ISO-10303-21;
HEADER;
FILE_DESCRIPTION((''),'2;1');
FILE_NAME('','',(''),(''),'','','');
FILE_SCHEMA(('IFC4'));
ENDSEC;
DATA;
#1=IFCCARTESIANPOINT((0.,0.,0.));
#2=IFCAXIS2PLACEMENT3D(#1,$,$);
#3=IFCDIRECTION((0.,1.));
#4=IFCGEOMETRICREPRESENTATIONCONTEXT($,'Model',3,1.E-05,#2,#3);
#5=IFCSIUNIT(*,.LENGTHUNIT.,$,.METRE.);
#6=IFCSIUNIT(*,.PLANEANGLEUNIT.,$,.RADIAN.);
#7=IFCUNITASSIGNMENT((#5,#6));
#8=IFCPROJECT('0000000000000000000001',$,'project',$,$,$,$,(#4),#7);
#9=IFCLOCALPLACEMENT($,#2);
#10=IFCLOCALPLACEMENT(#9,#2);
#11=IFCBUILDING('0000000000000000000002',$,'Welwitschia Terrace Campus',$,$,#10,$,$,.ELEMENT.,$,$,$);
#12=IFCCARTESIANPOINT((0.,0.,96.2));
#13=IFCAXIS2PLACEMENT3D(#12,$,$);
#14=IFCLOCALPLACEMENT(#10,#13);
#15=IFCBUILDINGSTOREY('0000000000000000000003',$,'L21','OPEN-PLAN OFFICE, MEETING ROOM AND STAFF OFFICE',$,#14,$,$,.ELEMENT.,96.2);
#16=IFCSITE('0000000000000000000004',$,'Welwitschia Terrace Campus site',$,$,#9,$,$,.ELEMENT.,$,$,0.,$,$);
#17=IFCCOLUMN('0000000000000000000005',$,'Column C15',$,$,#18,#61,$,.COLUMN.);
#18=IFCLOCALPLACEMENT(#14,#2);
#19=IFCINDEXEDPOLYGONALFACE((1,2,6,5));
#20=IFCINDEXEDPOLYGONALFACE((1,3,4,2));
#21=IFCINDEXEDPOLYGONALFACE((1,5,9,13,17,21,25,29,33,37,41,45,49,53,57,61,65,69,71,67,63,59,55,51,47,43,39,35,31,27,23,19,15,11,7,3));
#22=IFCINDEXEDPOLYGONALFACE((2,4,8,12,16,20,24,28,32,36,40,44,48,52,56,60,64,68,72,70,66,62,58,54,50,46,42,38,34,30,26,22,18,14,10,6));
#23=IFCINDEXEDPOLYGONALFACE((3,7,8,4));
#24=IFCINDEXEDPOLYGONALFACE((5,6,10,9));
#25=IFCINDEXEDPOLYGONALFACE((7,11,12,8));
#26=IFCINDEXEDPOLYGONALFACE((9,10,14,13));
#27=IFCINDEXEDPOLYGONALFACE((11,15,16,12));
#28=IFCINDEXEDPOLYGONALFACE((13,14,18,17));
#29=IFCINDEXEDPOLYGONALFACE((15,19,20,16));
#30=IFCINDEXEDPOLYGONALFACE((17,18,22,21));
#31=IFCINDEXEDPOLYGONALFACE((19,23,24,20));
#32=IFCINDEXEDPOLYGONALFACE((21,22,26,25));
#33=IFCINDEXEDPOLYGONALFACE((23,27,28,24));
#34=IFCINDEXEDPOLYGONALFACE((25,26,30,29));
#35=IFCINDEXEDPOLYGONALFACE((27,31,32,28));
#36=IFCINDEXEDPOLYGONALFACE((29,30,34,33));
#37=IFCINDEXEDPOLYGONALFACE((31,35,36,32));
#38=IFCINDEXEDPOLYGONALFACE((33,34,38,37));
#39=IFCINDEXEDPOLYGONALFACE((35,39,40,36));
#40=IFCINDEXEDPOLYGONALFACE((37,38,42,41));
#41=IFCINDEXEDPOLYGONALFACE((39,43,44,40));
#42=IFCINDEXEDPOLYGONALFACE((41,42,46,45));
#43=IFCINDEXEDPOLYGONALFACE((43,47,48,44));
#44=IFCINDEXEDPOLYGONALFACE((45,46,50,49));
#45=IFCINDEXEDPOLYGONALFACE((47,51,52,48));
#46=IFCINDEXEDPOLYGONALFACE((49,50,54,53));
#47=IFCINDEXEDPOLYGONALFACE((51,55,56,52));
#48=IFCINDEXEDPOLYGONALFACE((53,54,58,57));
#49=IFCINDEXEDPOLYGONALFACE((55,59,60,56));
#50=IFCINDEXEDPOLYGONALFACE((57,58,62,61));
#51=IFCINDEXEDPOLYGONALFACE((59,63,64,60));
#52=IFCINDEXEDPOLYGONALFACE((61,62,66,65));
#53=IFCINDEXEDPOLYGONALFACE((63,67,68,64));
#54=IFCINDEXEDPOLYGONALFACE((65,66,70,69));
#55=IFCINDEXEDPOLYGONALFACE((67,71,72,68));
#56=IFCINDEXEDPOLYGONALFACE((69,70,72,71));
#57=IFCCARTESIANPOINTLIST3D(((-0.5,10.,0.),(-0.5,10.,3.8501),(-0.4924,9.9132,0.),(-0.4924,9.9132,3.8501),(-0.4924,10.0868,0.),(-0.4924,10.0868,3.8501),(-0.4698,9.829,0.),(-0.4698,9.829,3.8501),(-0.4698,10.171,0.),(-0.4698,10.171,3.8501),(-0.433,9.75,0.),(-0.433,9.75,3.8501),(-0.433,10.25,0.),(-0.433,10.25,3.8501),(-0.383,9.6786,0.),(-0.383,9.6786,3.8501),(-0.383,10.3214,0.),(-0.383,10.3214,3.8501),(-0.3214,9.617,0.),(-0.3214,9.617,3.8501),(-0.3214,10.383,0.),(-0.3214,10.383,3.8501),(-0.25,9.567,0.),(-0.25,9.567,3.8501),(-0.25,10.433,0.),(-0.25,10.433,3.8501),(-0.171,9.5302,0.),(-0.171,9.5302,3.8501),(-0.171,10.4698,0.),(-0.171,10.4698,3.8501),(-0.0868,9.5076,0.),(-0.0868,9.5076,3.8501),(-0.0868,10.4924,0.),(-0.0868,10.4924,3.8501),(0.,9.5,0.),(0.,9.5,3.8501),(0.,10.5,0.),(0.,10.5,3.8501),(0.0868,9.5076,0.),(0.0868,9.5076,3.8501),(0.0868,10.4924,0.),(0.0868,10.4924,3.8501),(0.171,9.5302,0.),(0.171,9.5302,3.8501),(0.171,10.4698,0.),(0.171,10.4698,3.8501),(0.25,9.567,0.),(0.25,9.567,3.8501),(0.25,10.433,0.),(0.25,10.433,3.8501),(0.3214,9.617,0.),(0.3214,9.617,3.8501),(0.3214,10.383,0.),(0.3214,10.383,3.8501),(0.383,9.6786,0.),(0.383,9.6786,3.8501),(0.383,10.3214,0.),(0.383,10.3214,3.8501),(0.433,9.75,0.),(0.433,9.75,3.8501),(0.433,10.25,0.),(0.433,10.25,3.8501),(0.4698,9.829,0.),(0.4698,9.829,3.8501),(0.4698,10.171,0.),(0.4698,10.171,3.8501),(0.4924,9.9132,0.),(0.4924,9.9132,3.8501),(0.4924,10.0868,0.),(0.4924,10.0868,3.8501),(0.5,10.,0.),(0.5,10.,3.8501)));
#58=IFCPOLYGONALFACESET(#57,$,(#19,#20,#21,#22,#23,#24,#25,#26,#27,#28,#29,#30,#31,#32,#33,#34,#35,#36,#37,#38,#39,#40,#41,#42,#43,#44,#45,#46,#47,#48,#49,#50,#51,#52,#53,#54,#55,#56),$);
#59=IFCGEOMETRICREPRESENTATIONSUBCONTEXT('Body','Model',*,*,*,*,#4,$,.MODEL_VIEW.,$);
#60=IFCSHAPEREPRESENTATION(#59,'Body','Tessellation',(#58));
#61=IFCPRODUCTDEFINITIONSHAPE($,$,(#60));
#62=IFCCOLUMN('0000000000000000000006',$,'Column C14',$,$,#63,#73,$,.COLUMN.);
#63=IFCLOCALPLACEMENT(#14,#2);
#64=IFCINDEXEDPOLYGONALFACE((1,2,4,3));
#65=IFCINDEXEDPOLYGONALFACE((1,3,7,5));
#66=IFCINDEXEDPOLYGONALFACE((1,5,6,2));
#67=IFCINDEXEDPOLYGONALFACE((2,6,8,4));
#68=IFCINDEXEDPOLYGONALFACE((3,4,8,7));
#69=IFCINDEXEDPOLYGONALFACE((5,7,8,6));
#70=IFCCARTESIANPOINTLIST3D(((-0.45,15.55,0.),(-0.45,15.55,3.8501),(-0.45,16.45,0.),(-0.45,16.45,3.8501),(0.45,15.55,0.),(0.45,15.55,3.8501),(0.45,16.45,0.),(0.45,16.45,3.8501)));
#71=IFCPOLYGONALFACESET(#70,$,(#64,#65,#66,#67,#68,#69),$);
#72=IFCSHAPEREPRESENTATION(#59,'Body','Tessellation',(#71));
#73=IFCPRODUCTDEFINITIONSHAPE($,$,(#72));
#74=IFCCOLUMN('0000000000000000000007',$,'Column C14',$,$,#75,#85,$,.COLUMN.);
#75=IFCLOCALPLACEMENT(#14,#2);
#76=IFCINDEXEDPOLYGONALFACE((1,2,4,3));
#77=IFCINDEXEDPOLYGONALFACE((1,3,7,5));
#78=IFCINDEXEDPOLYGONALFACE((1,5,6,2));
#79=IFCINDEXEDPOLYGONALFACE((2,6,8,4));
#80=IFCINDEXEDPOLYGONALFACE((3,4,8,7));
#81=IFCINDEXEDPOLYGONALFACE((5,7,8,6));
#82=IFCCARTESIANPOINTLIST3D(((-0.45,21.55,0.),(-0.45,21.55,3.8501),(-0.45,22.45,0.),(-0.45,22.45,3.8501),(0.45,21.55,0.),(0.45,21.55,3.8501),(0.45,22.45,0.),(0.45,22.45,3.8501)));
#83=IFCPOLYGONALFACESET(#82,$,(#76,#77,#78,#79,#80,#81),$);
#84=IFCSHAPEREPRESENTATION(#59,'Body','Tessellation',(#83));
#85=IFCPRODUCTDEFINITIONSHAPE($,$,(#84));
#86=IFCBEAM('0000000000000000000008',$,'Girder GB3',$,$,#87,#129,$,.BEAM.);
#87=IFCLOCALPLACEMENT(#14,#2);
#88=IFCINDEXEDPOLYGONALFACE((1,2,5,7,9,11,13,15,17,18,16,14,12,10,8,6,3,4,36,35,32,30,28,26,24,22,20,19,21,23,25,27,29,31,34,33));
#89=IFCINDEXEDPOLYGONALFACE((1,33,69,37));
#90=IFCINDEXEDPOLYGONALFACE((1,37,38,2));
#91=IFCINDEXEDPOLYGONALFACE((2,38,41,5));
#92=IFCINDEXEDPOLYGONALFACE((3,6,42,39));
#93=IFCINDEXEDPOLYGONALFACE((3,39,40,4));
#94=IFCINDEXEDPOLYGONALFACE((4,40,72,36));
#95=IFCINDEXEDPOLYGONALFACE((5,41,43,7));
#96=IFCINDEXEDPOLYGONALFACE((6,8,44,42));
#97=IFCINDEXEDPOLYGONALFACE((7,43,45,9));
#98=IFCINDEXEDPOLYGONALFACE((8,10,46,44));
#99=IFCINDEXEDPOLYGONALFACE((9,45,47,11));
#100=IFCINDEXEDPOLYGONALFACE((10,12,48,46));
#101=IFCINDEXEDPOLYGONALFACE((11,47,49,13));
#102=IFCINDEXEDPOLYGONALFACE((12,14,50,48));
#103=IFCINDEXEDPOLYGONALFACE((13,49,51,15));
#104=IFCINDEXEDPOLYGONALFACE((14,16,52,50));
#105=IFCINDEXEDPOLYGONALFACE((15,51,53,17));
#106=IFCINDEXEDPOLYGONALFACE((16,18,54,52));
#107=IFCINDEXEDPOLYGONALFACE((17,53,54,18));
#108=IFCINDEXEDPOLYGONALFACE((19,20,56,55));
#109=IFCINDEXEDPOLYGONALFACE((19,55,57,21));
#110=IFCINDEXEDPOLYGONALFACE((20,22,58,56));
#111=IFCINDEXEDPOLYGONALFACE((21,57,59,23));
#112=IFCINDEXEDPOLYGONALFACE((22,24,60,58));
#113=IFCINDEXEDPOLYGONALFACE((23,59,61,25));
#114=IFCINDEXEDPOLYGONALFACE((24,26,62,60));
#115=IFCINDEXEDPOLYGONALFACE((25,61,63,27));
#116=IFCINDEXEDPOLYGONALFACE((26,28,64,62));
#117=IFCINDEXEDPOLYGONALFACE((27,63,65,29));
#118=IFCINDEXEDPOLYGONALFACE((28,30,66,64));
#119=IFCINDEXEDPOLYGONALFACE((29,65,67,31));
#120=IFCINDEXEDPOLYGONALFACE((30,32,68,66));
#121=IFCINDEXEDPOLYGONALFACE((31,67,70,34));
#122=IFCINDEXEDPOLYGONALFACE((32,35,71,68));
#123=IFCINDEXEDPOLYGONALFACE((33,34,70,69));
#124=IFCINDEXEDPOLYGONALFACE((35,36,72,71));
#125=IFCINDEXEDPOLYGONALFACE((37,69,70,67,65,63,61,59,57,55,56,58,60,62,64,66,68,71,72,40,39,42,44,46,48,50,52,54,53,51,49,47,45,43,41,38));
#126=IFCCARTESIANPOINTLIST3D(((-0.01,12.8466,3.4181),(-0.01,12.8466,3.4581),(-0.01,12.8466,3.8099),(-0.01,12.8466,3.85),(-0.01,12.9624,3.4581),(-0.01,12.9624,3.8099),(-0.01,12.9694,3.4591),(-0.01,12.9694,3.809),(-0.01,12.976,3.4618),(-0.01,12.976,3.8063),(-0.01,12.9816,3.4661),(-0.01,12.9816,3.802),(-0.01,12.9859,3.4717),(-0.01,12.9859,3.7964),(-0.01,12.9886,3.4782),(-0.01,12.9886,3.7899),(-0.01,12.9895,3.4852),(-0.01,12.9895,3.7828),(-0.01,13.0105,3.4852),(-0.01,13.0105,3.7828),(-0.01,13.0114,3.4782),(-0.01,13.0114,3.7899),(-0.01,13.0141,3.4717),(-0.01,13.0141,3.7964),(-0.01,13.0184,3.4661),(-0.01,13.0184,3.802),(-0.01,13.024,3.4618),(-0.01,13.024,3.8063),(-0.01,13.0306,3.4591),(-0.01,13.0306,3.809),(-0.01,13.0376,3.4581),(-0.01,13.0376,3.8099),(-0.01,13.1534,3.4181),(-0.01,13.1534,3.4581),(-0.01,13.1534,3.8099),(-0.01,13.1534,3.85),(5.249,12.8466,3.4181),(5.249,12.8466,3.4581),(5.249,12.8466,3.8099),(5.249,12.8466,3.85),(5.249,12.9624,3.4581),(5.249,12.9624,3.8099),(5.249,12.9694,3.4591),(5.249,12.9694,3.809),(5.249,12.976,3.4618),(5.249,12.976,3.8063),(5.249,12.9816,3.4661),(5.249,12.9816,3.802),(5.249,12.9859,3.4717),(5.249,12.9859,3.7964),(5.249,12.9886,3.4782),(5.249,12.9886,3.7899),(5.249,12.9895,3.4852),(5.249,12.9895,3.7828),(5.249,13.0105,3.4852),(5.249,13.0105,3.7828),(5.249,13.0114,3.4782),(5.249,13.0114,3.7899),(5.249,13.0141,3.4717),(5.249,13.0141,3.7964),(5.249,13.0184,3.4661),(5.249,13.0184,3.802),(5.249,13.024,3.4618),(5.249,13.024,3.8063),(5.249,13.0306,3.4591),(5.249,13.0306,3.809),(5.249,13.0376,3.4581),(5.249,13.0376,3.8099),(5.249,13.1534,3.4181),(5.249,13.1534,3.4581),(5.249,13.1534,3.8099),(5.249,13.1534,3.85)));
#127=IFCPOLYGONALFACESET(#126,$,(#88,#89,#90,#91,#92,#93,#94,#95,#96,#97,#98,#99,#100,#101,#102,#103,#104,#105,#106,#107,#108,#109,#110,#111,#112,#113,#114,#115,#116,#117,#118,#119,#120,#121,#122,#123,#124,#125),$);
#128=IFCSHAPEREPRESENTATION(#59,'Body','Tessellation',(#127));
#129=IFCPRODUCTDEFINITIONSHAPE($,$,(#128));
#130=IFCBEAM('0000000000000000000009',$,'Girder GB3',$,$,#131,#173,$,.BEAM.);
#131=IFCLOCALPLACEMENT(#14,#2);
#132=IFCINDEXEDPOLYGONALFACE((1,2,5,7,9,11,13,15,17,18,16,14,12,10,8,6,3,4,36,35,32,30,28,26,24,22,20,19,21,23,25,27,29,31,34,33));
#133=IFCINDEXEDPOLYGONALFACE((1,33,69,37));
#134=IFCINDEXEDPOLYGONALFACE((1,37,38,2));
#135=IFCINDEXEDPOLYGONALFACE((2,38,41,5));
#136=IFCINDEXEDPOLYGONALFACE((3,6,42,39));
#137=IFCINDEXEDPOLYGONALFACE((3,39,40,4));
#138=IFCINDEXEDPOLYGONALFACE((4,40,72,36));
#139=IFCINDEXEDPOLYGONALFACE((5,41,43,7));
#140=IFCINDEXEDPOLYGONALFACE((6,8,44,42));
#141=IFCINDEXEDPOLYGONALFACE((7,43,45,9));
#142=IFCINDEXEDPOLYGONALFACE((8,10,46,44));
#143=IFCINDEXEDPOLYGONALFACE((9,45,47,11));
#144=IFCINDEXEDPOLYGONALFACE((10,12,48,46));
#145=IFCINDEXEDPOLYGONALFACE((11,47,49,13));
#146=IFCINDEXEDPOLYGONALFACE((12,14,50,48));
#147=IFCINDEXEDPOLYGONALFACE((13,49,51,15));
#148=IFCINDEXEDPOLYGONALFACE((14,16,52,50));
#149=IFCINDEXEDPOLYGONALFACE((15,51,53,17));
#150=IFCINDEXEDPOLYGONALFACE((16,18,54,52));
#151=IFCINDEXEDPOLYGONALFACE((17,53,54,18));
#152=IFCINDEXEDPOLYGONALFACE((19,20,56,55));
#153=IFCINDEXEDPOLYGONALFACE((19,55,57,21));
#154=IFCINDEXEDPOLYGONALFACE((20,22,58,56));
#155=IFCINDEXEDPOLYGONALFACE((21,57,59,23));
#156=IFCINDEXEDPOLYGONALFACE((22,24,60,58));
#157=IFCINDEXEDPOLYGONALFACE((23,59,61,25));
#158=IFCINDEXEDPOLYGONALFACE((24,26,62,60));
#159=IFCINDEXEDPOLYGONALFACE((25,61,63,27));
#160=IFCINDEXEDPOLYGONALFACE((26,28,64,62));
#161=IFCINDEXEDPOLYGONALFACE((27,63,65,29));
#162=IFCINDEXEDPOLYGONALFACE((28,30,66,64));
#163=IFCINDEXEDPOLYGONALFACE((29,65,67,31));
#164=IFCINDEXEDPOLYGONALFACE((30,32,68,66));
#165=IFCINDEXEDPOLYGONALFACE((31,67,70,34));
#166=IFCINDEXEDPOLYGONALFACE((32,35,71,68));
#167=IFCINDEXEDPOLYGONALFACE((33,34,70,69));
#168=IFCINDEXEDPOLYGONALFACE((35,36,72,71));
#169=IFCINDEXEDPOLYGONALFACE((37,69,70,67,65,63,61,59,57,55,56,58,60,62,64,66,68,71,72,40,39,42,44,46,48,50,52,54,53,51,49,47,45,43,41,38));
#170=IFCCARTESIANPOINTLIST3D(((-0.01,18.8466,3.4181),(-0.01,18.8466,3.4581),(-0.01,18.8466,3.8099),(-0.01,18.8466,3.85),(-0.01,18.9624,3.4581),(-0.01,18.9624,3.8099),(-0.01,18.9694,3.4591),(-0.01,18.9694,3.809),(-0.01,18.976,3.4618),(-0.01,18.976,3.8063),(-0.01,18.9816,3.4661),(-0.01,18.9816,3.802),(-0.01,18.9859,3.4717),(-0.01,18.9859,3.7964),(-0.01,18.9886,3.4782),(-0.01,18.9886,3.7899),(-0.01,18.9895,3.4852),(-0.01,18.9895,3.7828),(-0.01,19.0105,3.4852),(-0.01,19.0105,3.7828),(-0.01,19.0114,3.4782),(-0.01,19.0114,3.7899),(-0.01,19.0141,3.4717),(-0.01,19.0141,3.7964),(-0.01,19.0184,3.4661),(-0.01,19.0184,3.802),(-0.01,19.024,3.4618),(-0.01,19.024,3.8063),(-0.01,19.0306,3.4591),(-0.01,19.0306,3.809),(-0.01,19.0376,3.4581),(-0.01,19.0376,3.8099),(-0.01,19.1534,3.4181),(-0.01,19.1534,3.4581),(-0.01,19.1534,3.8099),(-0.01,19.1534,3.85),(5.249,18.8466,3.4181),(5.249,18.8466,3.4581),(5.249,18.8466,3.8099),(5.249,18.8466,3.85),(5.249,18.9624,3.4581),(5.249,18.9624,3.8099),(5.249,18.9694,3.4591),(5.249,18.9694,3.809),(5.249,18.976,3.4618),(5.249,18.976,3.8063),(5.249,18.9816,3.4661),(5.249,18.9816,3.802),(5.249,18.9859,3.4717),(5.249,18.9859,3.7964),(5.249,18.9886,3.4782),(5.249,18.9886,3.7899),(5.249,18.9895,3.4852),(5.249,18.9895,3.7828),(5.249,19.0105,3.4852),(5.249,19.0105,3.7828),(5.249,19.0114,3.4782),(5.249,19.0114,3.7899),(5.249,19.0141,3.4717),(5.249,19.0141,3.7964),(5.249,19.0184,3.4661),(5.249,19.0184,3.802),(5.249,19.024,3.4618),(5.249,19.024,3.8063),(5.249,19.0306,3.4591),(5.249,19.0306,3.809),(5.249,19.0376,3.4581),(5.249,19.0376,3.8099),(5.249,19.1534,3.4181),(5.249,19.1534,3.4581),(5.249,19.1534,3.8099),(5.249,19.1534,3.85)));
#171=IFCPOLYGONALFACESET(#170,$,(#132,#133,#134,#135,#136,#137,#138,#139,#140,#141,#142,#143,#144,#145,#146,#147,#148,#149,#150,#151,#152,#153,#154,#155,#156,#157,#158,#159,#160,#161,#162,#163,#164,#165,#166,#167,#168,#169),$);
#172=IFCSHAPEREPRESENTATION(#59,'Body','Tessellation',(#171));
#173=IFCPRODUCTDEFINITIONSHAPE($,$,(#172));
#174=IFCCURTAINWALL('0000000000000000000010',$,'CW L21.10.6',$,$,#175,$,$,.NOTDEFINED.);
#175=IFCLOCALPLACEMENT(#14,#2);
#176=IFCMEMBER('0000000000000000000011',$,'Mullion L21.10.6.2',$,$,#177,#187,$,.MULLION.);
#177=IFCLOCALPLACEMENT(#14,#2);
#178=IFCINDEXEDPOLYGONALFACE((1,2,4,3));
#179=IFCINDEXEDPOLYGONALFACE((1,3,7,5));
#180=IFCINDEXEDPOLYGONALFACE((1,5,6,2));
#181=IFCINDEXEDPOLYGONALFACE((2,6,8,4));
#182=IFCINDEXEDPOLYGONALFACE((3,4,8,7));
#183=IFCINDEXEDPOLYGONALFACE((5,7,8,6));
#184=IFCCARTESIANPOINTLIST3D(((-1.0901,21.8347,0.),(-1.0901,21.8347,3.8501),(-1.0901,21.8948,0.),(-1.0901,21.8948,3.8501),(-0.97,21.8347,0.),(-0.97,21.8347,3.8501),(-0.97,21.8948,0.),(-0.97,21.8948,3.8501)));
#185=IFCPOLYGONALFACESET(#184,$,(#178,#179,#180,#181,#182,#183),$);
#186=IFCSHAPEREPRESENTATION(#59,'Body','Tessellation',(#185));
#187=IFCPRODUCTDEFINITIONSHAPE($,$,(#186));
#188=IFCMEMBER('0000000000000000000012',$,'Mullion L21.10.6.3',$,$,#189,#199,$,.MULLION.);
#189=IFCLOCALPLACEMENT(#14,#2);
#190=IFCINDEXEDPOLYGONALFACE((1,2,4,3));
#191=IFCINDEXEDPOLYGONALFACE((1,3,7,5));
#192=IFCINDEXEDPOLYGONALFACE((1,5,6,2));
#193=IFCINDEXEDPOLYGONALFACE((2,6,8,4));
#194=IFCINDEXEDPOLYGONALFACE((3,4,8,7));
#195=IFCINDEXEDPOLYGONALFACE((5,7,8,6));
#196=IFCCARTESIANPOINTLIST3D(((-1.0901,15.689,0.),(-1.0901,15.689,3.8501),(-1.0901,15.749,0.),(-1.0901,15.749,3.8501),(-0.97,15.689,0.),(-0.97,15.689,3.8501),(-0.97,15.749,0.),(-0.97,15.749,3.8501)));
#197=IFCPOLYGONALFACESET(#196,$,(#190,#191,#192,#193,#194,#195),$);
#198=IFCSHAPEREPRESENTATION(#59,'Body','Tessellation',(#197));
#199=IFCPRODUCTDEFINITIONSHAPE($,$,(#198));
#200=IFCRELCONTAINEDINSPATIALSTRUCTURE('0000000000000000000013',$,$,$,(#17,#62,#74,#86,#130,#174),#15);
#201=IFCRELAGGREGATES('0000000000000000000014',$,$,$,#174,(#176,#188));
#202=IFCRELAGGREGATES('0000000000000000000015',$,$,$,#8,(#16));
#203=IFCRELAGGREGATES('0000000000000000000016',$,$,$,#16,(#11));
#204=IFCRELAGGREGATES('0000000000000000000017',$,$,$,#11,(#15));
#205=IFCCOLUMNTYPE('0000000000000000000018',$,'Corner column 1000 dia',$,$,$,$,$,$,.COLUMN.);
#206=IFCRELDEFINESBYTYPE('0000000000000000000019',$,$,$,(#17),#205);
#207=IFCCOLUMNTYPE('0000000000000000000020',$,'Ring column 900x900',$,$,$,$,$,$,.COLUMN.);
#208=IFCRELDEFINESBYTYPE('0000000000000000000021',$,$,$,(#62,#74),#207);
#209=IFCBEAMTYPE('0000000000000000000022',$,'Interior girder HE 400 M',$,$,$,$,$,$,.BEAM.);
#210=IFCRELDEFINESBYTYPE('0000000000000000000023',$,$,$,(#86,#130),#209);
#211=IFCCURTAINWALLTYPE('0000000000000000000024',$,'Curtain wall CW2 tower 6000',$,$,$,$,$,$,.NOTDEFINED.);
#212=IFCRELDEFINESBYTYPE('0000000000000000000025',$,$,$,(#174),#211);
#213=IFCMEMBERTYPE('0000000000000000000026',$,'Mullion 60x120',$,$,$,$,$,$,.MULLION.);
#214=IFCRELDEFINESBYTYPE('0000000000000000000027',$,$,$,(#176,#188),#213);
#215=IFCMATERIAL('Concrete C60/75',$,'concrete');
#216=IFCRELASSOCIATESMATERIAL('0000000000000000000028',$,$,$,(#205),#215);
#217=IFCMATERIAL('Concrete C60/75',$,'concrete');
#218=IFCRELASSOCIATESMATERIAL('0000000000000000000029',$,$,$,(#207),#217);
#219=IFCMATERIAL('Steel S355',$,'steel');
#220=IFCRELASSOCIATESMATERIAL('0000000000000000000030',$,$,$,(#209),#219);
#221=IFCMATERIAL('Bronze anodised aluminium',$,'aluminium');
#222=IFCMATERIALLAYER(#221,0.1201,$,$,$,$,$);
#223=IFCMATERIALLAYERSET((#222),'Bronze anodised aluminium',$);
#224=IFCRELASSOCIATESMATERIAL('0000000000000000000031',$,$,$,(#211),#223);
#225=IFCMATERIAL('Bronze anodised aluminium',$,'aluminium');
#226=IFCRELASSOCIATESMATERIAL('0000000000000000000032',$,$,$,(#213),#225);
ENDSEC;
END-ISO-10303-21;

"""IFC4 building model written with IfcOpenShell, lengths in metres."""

from ifc_helpers import new_model, si_unit, direction, frame, origin, origin_2d, place, context, subcontext, project, spatial, rectangle, circle, i_section, extrude, material, layer, layer_set, material_profile, profile_set, type_object, element, aggregate, save


model = new_model("IFC4")

# Units and contexts
model_context = context("Model", 3, precision=1e-05, world=origin(), true_north=direction((0.0, 1.0)))
body_context = subcontext(model_context, "Body", "Model", "MODEL_VIEW")
ifc_project = project(units=[si_unit("LENGTHUNIT", "METRE"), si_unit("PLANEANGLEUNIT", "RADIAN")], contexts=[model_context])

# Site, building, storey
site_placement = place(None, origin())
site = spatial("IfcSite", under=ifc_project, at=site_placement, Name="Welwitschia Terrace Campus site", CompositionType="ELEMENT", RefElevation=0.0)
building_placement = place(site_placement, origin())
building = spatial("IfcBuilding", under=site, at=building_placement, Name="Welwitschia Terrace Campus", CompositionType="ELEMENT")
storey_placement = place(building_placement, frame((0.0, 0.0, 96.2)))
storey = spatial("IfcBuildingStorey", under=building, at=storey_placement, Name="L21", Description="OPEN-PLAN OFFICE, MEETING ROOM AND STAFF OFFICE", CompositionType="ELEMENT", Elevation=96.2)

# Columns
ifc_material_1 = material(Name="Concrete C60/75", Category="concrete")
ifc_material_profile_1 = material_profile(ifc_material_1, circle(Radius=0.5, at=origin_2d()))
ifc_profile_set_1 = profile_set([ifc_material_profile_1], Name="Concrete C60/75")
column_type_1 = type_object("IfcColumnType", Name="Corner column 1000 dia", PredefinedType="COLUMN", material=ifc_profile_set_1)
column_placement = place(storey_placement, frame((0.0, 10.0, 0.0), z_axis=(0.0, 0.0, 1.0), x_axis=(1.0, 0.0, 0.0)))
element("IfcColumn", 1, at=column_placement, inside=storey, type_object=column_type_1, Name="Column C15", PredefinedType="COLUMN", context=body_context, shape_type="SweptSolid", body=[
    extrude(circle(Radius=0.5, at=origin_2d()), origin(), (0.0, 0.0, 1.0), 3.8501),
])
ifc_material_2 = material(Name="Concrete C60/75", Category="concrete")
ifc_material_profile_2 = material_profile(ifc_material_2, rectangle(XDim=0.8999, YDim=0.8999, at=origin_2d()))
ifc_profile_set_2 = profile_set([ifc_material_profile_2], Name="Concrete C60/75")
column_type_2 = type_object("IfcColumnType", Name="Ring column 900x900", PredefinedType="COLUMN", material=ifc_profile_set_2)
for number, where, z_axis, x_axis, name in (
    (2, (0.0, 16.0, 0.0), (0.0, 0.0, 1.0), (1.0, 0.0, 0.0), "Column C14"),
    (3, (0.0, 22.0, 0.0), (0.0, 0.0, 1.0), (1.0, 0.0, 0.0), "Column C14"),
):
    element("IfcColumn", number, at=place(storey_placement, frame(where, z_axis=z_axis, x_axis=x_axis)), inside=storey, type_object=column_type_2, Name=name, PredefinedType="COLUMN", context=body_context, shape_type="SweptSolid", body=[
        extrude(rectangle(XDim=0.8999, YDim=0.8999, at=origin_2d()), origin(), (0.0, 0.0, 1.0), 3.8501),
    ])

# Beams
ifc_material_3 = material(Name="Steel S355", Category="steel")
ifc_material_profile_3 = material_profile(ifc_material_3, i_section(OverallWidth=0.3069, OverallDepth=0.4319, WebThickness=0.021, FlangeThickness=0.04, FilletRadius=0.0271, at=origin_2d()))
ifc_profile_set_3 = profile_set([ifc_material_profile_3], Name="Steel S355")
beam_type_1 = type_object("IfcBeamType", Name="Interior girder HE 400 M", PredefinedType="BEAM", material=ifc_profile_set_3)
for number, where, z_axis, x_axis, name in (
    (4, (-0.01, 13.0, 3.634), (1.0, 0.0, 0.0), (0.0, 1.0, 0.0), "Girder GB3"),
    (5, (-0.01, 19.0, 3.634), (1.0, 0.0, 0.0), (0.0, 1.0, 0.0), "Girder GB3"),
):
    element("IfcBeam", number, at=place(storey_placement, frame(where, z_axis=z_axis, x_axis=x_axis)), inside=storey, type_object=beam_type_1, Name=name, PredefinedType="BEAM", context=body_context, shape_type="SweptSolid", body=[
        extrude(i_section(OverallWidth=0.3069, OverallDepth=0.4319, WebThickness=0.021, FlangeThickness=0.04, FilletRadius=0.0271, at=origin_2d()), origin(), (0.0, 0.0, 1.0), 5.259),
    ])

# Curtain wall, members
ifc_material_4 = material(Name="Bronze anodised aluminium", Category="aluminium")
ifc_layer_1 = layer(ifc_material_4, 0.1201)
ifc_layer_set_1 = layer_set([ifc_layer_1], Name="Bronze anodised aluminium")
curtain_wall_type = type_object("IfcCurtainWallType", Name="Curtain wall CW2 tower 6000", PredefinedType="NOTDEFINED", material=ifc_layer_set_1)
curtain_wall_placement = place(storey_placement, origin())
curtain_wall = element("IfcCurtainWall", 6, at=curtain_wall_placement, inside=storey, type_object=curtain_wall_type, Name="CW L21.10.6", PredefinedType="NOTDEFINED")
ifc_material_5 = material(Name="Bronze anodised aluminium", Category="aluminium")
ifc_material_profile_4 = material_profile(ifc_material_5, rectangle(XDim=0.1201, YDim=0.0601, at=origin_2d()))
ifc_profile_set_4 = profile_set([ifc_material_profile_4], Name="Bronze anodised aluminium")
member_type = type_object("IfcMemberType", Name="Mullion 60x120", PredefinedType="MULLION", material=ifc_profile_set_4)
member_1_placement = place(storey_placement, frame((-1.03, 21.8647, 0.0), z_axis=(0.0, 0.0, 1.0), x_axis=(1.0, 0.0, 0.0)))
member_1 = element("IfcMember", 7, at=member_1_placement, type_object=member_type, Name="Mullion L21.10.6.2", PredefinedType="MULLION", context=body_context, shape_type="SweptSolid", body=[
    extrude(rectangle(XDim=0.1201, YDim=0.0601, at=origin_2d()), origin(), (0.0, 0.0, 1.0), 3.8501),
])
member_2_placement = place(storey_placement, frame((-1.03, 15.719, 0.0), z_axis=(0.0, 0.0, 1.0), x_axis=(1.0, 0.0, 0.0)))
member_2 = element("IfcMember", 8, at=member_2_placement, type_object=member_type, Name="Mullion L21.10.6.3", PredefinedType="MULLION", context=body_context, shape_type="SweptSolid", body=[
    extrude(rectangle(XDim=0.1201, YDim=0.0601, at=origin_2d()), origin(), (0.0, 0.0, 1.0), 3.8501),
])

aggregate(curtain_wall, [member_1, member_2])

save(model, "model.ifc")
